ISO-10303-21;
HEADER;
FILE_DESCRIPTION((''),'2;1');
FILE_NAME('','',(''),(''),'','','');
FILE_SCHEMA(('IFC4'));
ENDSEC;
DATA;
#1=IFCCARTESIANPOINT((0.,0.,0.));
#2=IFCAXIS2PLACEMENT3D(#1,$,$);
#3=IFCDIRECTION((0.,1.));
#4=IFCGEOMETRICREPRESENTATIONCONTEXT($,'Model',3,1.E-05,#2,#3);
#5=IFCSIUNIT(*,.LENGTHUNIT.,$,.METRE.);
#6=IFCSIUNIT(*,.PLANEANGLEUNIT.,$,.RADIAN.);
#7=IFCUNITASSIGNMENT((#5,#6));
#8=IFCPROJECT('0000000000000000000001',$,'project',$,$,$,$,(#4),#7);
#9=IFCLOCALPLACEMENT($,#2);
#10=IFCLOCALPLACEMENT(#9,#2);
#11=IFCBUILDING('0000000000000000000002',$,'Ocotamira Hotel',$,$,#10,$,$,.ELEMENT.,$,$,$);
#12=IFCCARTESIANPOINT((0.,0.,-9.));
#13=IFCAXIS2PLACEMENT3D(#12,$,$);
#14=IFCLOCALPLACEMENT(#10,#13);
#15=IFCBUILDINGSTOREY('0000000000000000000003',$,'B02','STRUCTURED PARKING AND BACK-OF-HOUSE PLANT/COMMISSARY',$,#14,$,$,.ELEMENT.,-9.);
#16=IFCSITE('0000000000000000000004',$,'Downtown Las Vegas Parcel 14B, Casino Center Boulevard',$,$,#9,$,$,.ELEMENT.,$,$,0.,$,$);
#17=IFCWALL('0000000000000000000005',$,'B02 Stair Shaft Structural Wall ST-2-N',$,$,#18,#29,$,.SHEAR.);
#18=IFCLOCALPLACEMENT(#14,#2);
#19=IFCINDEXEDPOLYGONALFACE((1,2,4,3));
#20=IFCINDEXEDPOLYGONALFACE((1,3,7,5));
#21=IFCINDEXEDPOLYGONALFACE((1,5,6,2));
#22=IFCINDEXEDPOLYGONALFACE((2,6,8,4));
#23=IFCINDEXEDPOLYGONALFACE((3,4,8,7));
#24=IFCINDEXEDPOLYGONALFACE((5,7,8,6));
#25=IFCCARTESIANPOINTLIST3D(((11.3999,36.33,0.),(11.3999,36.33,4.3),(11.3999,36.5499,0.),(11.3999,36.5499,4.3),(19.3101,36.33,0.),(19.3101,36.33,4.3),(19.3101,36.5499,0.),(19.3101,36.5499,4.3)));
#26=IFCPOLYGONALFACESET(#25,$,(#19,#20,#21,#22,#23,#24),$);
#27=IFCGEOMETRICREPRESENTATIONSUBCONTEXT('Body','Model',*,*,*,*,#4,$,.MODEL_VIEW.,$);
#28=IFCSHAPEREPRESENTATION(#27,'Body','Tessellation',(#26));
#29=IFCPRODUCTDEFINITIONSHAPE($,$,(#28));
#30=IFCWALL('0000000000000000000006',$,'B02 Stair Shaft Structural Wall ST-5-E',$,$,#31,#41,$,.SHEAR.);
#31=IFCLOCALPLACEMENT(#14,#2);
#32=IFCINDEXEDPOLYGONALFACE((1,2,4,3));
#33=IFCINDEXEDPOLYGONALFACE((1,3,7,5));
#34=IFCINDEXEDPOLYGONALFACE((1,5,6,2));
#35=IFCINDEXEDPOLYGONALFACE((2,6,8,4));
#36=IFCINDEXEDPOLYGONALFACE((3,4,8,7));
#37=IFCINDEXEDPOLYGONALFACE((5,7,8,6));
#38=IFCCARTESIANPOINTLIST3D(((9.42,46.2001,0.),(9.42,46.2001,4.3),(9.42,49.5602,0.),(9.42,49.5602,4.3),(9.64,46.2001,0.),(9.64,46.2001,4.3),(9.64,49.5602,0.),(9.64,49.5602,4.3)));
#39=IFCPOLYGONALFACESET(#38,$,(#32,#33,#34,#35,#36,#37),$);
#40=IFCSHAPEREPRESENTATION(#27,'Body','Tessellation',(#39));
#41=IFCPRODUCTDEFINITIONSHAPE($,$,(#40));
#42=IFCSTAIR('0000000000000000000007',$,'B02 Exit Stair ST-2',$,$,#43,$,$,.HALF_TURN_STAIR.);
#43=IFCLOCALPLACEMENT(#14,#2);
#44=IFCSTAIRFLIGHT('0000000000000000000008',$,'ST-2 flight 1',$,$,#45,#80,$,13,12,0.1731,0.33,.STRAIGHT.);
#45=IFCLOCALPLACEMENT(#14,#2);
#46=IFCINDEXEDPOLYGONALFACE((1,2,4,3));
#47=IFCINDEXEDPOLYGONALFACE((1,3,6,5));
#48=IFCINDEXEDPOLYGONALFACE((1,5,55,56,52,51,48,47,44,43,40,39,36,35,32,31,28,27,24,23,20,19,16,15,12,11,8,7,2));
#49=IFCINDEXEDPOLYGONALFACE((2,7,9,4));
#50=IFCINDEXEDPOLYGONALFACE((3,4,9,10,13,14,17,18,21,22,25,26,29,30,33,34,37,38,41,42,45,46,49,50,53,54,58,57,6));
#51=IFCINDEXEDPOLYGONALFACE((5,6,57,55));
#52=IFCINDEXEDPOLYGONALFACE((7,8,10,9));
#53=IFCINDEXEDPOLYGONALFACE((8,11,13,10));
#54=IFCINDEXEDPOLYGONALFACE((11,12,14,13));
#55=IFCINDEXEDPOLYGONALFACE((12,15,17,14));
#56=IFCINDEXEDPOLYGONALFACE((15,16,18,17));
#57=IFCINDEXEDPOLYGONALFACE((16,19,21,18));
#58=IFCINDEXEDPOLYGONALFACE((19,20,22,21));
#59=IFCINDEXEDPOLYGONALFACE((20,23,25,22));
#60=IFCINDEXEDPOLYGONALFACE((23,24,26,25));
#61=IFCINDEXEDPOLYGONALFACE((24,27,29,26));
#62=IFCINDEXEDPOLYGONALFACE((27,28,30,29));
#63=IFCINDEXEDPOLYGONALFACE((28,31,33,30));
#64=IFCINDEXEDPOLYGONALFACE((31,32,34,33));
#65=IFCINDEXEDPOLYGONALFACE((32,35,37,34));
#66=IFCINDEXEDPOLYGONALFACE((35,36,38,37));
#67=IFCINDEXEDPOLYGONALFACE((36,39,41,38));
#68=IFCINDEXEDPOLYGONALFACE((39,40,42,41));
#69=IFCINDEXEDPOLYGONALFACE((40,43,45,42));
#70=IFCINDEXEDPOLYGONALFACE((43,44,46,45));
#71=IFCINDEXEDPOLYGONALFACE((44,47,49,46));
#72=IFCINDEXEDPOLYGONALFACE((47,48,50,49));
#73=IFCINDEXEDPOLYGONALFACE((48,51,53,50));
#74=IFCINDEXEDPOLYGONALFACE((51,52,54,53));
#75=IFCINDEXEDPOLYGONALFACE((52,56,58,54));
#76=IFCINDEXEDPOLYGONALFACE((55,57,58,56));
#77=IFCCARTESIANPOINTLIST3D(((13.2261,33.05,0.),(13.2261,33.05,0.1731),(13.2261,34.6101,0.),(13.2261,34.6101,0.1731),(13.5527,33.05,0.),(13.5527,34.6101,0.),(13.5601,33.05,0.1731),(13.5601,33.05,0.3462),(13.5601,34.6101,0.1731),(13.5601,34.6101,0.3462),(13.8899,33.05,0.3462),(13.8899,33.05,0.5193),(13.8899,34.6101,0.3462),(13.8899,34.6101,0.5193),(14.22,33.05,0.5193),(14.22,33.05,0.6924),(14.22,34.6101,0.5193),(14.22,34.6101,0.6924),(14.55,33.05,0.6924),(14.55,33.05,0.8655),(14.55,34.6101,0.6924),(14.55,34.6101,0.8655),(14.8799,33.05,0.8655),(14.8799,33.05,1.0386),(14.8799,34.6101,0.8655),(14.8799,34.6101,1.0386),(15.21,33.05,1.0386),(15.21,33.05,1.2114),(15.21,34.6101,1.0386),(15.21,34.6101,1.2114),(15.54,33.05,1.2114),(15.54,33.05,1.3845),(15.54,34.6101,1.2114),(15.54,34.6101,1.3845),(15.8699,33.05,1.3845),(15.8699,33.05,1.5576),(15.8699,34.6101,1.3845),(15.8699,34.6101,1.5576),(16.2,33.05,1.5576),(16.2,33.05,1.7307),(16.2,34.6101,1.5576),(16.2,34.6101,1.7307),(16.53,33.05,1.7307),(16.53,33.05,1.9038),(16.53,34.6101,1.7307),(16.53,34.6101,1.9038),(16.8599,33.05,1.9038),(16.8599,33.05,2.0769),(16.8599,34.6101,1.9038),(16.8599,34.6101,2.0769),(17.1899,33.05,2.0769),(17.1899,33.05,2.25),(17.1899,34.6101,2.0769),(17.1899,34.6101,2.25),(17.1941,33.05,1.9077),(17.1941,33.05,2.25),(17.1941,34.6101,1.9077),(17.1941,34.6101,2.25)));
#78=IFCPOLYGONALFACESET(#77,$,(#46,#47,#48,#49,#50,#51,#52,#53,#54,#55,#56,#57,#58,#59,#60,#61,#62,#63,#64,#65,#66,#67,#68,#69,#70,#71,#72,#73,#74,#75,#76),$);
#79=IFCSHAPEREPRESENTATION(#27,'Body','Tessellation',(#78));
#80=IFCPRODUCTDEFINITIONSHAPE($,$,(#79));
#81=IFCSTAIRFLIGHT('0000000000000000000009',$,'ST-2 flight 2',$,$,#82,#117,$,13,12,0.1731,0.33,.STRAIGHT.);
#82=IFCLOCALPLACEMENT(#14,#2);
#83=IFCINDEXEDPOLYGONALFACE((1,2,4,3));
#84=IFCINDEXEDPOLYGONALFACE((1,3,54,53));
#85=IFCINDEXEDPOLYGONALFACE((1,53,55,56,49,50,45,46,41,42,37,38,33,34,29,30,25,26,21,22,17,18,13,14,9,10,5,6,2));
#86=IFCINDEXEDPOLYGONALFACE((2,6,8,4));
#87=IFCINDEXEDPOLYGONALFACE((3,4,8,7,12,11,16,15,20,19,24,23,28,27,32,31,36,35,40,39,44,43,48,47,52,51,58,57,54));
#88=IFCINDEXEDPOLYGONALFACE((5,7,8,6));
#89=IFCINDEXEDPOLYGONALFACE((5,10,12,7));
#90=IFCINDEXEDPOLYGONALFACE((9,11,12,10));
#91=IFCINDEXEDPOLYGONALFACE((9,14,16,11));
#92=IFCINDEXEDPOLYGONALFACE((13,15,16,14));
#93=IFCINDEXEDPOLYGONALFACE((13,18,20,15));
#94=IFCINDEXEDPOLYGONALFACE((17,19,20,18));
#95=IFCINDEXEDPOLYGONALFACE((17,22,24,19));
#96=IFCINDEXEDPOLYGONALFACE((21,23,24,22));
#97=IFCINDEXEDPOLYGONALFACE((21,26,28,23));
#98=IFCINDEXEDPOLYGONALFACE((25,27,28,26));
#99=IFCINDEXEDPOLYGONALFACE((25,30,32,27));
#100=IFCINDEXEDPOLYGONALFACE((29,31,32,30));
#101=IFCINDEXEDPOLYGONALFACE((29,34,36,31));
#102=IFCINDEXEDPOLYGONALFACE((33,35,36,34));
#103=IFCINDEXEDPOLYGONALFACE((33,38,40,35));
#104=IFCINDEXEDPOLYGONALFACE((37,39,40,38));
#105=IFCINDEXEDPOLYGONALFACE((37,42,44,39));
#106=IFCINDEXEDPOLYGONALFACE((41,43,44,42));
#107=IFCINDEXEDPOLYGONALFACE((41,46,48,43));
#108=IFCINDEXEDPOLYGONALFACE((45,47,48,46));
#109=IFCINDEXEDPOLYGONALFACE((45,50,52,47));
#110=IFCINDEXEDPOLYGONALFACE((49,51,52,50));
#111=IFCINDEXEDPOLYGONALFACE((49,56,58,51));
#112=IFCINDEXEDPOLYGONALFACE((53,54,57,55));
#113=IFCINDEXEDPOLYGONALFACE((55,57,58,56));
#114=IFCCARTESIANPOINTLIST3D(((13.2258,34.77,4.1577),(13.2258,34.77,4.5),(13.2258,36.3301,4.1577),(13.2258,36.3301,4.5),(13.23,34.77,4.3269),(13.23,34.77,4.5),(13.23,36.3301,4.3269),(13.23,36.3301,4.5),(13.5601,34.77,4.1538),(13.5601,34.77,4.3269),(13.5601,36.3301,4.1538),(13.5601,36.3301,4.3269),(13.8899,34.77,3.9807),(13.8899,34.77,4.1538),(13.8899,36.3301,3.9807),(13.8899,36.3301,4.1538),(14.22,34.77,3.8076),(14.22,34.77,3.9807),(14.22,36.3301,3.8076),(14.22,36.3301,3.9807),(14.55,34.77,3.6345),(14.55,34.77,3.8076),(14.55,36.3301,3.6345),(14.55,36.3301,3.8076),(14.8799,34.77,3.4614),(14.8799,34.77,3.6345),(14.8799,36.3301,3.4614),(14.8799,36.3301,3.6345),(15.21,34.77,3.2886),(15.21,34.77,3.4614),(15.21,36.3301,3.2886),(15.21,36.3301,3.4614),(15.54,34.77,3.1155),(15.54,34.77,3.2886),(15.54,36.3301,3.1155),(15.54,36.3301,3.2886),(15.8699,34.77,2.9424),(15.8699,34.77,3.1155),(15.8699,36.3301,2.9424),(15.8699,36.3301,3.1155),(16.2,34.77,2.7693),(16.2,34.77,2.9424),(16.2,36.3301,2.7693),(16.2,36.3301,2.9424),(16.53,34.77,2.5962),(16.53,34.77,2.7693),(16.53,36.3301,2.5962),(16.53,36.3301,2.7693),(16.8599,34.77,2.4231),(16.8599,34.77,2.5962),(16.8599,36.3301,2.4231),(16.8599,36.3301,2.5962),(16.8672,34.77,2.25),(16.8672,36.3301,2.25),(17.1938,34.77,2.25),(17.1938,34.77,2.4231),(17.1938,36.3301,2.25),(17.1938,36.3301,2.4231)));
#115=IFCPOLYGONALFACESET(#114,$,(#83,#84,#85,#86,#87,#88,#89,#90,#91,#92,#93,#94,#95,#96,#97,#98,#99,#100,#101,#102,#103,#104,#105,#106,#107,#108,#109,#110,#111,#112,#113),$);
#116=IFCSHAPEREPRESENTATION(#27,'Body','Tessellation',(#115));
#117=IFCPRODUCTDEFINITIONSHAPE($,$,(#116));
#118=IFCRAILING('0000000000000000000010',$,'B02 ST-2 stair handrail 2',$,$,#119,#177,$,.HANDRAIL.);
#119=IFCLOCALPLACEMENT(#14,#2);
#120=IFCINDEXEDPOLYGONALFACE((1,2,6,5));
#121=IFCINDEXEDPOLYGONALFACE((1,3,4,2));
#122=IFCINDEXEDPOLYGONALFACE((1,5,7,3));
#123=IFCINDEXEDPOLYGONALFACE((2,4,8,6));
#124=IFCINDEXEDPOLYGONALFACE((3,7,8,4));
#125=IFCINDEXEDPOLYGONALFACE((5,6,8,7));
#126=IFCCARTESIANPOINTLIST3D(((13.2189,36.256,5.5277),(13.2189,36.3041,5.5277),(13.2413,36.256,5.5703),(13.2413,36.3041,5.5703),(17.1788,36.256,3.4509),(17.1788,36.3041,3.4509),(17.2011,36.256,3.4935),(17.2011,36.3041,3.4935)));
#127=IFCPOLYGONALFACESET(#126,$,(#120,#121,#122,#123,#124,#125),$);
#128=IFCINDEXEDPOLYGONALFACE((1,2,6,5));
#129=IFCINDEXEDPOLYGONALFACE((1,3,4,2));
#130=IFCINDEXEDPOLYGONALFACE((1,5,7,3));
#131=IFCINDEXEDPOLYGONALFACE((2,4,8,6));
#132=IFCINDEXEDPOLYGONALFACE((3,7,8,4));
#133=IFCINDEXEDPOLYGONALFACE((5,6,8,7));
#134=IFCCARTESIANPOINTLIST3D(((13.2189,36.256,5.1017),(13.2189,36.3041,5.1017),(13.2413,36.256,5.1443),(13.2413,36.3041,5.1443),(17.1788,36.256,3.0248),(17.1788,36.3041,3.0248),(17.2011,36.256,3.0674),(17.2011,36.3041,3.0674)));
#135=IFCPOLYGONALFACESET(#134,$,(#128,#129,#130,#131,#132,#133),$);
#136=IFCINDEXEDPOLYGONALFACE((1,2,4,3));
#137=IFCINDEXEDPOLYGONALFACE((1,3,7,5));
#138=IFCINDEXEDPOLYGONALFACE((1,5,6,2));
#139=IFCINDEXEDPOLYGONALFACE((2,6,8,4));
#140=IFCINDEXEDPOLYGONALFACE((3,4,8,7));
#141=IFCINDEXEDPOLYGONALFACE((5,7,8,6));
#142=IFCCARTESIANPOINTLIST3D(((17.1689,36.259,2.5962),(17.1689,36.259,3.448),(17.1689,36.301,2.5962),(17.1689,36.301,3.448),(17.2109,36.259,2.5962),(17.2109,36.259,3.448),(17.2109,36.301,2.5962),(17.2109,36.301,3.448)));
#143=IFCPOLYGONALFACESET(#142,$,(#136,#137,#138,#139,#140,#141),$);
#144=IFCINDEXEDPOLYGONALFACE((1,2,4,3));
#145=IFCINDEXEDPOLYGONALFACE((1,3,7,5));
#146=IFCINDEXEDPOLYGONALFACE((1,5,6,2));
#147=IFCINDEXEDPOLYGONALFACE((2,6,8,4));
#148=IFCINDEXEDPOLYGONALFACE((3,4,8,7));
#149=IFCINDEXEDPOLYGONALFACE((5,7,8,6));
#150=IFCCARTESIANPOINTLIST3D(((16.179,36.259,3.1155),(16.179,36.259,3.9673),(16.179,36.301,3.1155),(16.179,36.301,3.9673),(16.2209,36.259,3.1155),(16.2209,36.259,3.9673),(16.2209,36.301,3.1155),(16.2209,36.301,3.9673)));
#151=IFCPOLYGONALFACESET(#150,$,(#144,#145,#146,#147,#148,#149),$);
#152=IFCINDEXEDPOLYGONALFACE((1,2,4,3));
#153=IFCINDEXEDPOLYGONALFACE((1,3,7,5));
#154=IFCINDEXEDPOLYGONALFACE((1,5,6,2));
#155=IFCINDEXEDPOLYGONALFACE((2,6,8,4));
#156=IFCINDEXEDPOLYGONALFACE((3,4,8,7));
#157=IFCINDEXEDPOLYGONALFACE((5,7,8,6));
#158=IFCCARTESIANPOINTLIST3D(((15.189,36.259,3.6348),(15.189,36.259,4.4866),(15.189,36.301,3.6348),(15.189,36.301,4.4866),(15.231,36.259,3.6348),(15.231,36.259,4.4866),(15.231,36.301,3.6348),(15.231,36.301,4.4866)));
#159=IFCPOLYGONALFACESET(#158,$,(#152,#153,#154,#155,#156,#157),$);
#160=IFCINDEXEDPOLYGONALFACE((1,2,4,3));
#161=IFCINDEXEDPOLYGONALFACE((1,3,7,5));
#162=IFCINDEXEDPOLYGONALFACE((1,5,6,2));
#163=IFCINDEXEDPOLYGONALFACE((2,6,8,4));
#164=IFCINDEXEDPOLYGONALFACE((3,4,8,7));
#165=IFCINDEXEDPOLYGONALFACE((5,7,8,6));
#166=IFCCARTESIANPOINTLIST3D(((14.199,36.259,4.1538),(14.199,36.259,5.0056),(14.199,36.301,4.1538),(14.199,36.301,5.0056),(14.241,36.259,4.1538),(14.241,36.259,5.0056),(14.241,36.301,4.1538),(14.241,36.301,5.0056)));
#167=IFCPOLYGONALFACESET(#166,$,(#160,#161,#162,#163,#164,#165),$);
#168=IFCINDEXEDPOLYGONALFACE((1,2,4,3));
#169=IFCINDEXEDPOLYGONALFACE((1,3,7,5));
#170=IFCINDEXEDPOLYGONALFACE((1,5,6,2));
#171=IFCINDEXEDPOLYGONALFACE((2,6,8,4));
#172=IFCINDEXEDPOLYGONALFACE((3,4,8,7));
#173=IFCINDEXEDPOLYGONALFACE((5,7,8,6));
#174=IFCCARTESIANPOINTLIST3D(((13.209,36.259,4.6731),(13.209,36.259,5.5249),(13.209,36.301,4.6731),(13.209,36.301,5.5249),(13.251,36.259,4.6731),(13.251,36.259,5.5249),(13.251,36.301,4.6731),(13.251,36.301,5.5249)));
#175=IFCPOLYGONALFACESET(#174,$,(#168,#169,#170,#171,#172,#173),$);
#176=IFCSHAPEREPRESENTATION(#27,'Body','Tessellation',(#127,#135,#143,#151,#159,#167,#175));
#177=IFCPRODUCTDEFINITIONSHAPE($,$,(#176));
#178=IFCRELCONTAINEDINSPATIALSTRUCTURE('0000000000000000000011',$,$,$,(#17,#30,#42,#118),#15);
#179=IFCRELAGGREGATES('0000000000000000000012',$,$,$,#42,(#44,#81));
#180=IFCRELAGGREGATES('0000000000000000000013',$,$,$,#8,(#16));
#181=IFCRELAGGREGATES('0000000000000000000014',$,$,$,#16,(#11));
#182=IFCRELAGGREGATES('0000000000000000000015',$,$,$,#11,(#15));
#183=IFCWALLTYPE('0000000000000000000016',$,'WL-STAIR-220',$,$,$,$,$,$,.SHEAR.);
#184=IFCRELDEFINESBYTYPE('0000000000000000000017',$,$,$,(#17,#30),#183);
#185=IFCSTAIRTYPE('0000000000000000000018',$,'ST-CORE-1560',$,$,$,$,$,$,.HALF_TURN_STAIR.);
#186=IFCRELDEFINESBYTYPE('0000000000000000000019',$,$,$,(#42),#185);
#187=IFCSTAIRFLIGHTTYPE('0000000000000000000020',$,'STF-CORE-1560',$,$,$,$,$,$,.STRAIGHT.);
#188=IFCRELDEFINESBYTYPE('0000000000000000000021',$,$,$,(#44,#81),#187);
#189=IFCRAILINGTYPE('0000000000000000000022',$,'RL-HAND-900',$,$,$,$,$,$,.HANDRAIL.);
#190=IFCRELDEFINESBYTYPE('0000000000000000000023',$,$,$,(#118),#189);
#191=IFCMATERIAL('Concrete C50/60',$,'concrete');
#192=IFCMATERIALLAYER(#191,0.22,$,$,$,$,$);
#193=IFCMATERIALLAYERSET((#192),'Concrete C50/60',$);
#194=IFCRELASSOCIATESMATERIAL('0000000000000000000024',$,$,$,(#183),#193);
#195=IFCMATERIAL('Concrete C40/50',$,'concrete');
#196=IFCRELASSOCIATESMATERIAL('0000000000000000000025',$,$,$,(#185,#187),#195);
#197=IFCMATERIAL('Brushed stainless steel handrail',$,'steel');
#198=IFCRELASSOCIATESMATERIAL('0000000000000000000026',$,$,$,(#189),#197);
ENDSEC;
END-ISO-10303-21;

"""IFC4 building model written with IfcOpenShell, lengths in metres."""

from ifc_helpers import new_model, si_unit, direction, frame, frame_2d, origin, origin_2d, place, context, subcontext, project, spatial, polyline, rectangle, outline, extrude, source, transform, mapped, material, layer, layer_set, type_object, element, aggregate, save


model = new_model("IFC4")

# Units and contexts
model_context = context("Model", 3, precision=1e-05, world=origin(), true_north=direction((0.0, 1.0)))
body_context = subcontext(model_context, "Body", "Model", "MODEL_VIEW")
ifc_project = project(units=[si_unit("LENGTHUNIT", "METRE"), si_unit("PLANEANGLEUNIT", "RADIAN")], contexts=[model_context])

# Site, building, storey
site_placement = place(None, origin())
site = spatial("IfcSite", under=ifc_project, at=site_placement, Name="Downtown Las Vegas Parcel 14B, Casino Center Boulevard", CompositionType="ELEMENT", RefElevation=0.0)
building_placement = place(site_placement, origin())
building = spatial("IfcBuilding", under=site, at=building_placement, Name="Ocotamira Hotel", CompositionType="ELEMENT")
storey_placement = place(building_placement, frame((0.0, 0.0, -9.0)))
storey = spatial("IfcBuildingStorey", under=building, at=storey_placement, Name="B02", Description="STRUCTURED PARKING AND BACK-OF-HOUSE PLANT/COMMISSARY", CompositionType="ELEMENT", Elevation=-9.0)

# Shared definitions
ifc_material_1 = material(Name="Concrete C50/60", Category="concrete")

# Walls
ifc_layer_1 = layer(ifc_material_1, 0.22)
ifc_layer_set_1 = layer_set([ifc_layer_1], Name="Concrete C50/60")
wall_type_1 = type_object("IfcWallType", Name="WL-STAIR-220", PredefinedType="SHEAR", material=ifc_layer_set_1)
wall_1_placement = place(storey_placement, frame((11.3999, 36.4399, 0.0), z_axis=(0.0, 0.0, 1.0), x_axis=(1.0, 0.0, 0.0)))
element("IfcWall", 1, at=wall_1_placement, inside=storey, type_object=wall_type_1, Name="B02 Stair Shaft Structural Wall ST-2-N", PredefinedType="SHEAR", context=body_context, shape_type="SweptSolid", body=[
    extrude(rectangle(XDim=7.9102, YDim=0.22, at=frame_2d((3.9551, 0.0))), origin(), (0.0, 0.0, 1.0), 4.3),
])
wall_2_placement = place(storey_placement, frame((9.53, 46.2, 0.0), z_axis=(0.0, 0.0, 1.0), x_axis=(0.0, 1.0, 0.0)))
element("IfcWall", 2, at=wall_2_placement, inside=storey, type_object=wall_type_1, Name="B02 Stair Shaft Structural Wall ST-5-E", PredefinedType="SHEAR", context=body_context, shape_type="SweptSolid", body=[
    extrude(rectangle(XDim=3.3601, YDim=0.22, at=frame_2d((1.6802, 0.0))), origin(), (0.0, 0.0, 1.0), 4.3),
])

# Stair, stair flights
ifc_material_2 = material(Name="Concrete C40/50", Category="concrete")
stair_type = type_object("IfcStairType", Name="ST-CORE-1560", PredefinedType="HALF_TURN_STAIR", material=ifc_material_2)
stair_placement = place(storey_placement, origin())
stair = element("IfcStair", 3, at=stair_placement, inside=storey, type_object=stair_type, Name="B02 Exit Stair ST-2", PredefinedType="HALF_TURN_STAIR")
stair_flight_type = type_object("IfcStairFlightType", Name="STF-CORE-1560", PredefinedType="STRAIGHT", material=ifc_material_2)
shared_shape_1 = source(origin(), body_context, "Body", "SweptSolid", [
    extrude(outline(polyline([(-0.0039, 0.0), (-0.0039, 0.1731), (0.3301, 0.1731), (0.3301, 0.3462), (0.6599, 0.3462), (0.6599, 0.5193), (0.99, 0.5193), (0.99, 0.6924), (1.3201, 0.6924), (1.3201, 0.8655), (1.6499, 0.8655), (1.6499, 1.0386), (1.98, 1.0386), (1.98, 1.2114), (2.3101, 1.2114), (2.3101, 1.3845), (2.6399, 1.3845), (2.6399, 1.5576), (2.97, 1.5576), (2.97, 1.7307), (3.3, 1.7307), (3.3, 1.9038), (3.6299, 1.9038), (3.6299, 2.0769), (3.96, 2.0769), (3.96, 2.25), (3.9641, 2.25), (3.9641, 1.9077), (0.3228, 0.0), (-0.0039, 0.0)])), frame((0.0, 0.78, 0.0), z_axis=(0.0, -1.0, 0.0), x_axis=(1.0, 0.0, 0.0)), (0.0, 0.0, 1.0), 1.5601),
])
stair_flight_1_placement = place(storey_placement, frame((13.23, 33.8301, 0.0), z_axis=(0.0, 0.0, 1.0), x_axis=(1.0, 0.0, 0.0)))
stair_flight_1 = element("IfcStairFlight", 4, at=stair_flight_1_placement, type_object=stair_flight_type, Name="ST-2 flight 1", NumberOfRisers=13, NumberOfTreads=12, PredefinedType="STRAIGHT", RiserHeight=0.1731, TreadLength=0.33, context=body_context, shape_type="MappedRepresentation", body=[
    mapped(shared_shape_1, transform((0.0, 0.0, 0.0), scale=1.0)),
])
stair_flight_2_placement = place(storey_placement, frame((17.1899, 35.55, 2.25), z_axis=(0.0, 0.0, 1.0), x_axis=(-1.0, 0.0, 0.0)))
stair_flight_2 = element("IfcStairFlight", 5, at=stair_flight_2_placement, type_object=stair_flight_type, Name="ST-2 flight 2", NumberOfRisers=13, NumberOfTreads=12, PredefinedType="STRAIGHT", RiserHeight=0.1731, TreadLength=0.33, context=body_context, shape_type="MappedRepresentation", body=[
    mapped(shared_shape_1, transform((0.0, 0.0, 0.0), scale=1.0)),
])
aggregate(stair, [stair_flight_1, stair_flight_2])

# Railing
ifc_material_3 = material(Name="Brushed stainless steel handrail", Category="steel")
railing_type_1 = type_object("IfcRailingType", Name="RL-HAND-900", PredefinedType="HANDRAIL", material=ifc_material_3)
railing_1_placement = place(storey_placement, frame((17.1899, 36.28, 2.5962)))
element("IfcRailing", 6, at=railing_1_placement, inside=storey, type_object=railing_type_1, Name="B02 ST-2 stair handrail 2", PredefinedType="HANDRAIL", context=body_context, shape_type="SweptSolid", body=[
    extrude(rectangle(XDim=0.0481, YDim=0.0481, at=origin_2d()), frame((0.0, 0.0, 0.876), z_axis=(-0.885589, 0.0, 0.46447), x_axis=(0.0, -1.0, 0.0)), (0.0, 0.0, 1.0), 4.4714),
    extrude(rectangle(XDim=0.0481, YDim=0.0481, at=origin_2d()), frame((0.0, 0.0, 0.45), z_axis=(-0.885589, 0.0, 0.46447), x_axis=(0.0, -1.0, 0.0)), (0.0, 0.0, 1.0), 4.4714),
    extrude(rectangle(XDim=0.042, YDim=0.042, at=origin_2d()), origin(), (0.0, 0.0, 1.0), 0.8518),
    extrude(rectangle(XDim=0.042, YDim=0.042, at=origin_2d()), frame((-0.99, 0.0, 0.5193)), (0.0, 0.0, 1.0), 0.8518),
    extrude(rectangle(XDim=0.042, YDim=0.042, at=origin_2d()), frame((-1.98, 0.0, 1.0386)), (0.0, 0.0, 1.0), 0.8518),
    extrude(rectangle(XDim=0.042, YDim=0.042, at=origin_2d()), frame((-2.97, 0.0, 1.5576)), (0.0, 0.0, 1.0), 0.8518),
    extrude(rectangle(XDim=0.042, YDim=0.042, at=origin_2d()), frame((-3.96, 0.0, 2.0769)), (0.0, 0.0, 1.0), 0.8518),
])

save(model, "model.ifc")
